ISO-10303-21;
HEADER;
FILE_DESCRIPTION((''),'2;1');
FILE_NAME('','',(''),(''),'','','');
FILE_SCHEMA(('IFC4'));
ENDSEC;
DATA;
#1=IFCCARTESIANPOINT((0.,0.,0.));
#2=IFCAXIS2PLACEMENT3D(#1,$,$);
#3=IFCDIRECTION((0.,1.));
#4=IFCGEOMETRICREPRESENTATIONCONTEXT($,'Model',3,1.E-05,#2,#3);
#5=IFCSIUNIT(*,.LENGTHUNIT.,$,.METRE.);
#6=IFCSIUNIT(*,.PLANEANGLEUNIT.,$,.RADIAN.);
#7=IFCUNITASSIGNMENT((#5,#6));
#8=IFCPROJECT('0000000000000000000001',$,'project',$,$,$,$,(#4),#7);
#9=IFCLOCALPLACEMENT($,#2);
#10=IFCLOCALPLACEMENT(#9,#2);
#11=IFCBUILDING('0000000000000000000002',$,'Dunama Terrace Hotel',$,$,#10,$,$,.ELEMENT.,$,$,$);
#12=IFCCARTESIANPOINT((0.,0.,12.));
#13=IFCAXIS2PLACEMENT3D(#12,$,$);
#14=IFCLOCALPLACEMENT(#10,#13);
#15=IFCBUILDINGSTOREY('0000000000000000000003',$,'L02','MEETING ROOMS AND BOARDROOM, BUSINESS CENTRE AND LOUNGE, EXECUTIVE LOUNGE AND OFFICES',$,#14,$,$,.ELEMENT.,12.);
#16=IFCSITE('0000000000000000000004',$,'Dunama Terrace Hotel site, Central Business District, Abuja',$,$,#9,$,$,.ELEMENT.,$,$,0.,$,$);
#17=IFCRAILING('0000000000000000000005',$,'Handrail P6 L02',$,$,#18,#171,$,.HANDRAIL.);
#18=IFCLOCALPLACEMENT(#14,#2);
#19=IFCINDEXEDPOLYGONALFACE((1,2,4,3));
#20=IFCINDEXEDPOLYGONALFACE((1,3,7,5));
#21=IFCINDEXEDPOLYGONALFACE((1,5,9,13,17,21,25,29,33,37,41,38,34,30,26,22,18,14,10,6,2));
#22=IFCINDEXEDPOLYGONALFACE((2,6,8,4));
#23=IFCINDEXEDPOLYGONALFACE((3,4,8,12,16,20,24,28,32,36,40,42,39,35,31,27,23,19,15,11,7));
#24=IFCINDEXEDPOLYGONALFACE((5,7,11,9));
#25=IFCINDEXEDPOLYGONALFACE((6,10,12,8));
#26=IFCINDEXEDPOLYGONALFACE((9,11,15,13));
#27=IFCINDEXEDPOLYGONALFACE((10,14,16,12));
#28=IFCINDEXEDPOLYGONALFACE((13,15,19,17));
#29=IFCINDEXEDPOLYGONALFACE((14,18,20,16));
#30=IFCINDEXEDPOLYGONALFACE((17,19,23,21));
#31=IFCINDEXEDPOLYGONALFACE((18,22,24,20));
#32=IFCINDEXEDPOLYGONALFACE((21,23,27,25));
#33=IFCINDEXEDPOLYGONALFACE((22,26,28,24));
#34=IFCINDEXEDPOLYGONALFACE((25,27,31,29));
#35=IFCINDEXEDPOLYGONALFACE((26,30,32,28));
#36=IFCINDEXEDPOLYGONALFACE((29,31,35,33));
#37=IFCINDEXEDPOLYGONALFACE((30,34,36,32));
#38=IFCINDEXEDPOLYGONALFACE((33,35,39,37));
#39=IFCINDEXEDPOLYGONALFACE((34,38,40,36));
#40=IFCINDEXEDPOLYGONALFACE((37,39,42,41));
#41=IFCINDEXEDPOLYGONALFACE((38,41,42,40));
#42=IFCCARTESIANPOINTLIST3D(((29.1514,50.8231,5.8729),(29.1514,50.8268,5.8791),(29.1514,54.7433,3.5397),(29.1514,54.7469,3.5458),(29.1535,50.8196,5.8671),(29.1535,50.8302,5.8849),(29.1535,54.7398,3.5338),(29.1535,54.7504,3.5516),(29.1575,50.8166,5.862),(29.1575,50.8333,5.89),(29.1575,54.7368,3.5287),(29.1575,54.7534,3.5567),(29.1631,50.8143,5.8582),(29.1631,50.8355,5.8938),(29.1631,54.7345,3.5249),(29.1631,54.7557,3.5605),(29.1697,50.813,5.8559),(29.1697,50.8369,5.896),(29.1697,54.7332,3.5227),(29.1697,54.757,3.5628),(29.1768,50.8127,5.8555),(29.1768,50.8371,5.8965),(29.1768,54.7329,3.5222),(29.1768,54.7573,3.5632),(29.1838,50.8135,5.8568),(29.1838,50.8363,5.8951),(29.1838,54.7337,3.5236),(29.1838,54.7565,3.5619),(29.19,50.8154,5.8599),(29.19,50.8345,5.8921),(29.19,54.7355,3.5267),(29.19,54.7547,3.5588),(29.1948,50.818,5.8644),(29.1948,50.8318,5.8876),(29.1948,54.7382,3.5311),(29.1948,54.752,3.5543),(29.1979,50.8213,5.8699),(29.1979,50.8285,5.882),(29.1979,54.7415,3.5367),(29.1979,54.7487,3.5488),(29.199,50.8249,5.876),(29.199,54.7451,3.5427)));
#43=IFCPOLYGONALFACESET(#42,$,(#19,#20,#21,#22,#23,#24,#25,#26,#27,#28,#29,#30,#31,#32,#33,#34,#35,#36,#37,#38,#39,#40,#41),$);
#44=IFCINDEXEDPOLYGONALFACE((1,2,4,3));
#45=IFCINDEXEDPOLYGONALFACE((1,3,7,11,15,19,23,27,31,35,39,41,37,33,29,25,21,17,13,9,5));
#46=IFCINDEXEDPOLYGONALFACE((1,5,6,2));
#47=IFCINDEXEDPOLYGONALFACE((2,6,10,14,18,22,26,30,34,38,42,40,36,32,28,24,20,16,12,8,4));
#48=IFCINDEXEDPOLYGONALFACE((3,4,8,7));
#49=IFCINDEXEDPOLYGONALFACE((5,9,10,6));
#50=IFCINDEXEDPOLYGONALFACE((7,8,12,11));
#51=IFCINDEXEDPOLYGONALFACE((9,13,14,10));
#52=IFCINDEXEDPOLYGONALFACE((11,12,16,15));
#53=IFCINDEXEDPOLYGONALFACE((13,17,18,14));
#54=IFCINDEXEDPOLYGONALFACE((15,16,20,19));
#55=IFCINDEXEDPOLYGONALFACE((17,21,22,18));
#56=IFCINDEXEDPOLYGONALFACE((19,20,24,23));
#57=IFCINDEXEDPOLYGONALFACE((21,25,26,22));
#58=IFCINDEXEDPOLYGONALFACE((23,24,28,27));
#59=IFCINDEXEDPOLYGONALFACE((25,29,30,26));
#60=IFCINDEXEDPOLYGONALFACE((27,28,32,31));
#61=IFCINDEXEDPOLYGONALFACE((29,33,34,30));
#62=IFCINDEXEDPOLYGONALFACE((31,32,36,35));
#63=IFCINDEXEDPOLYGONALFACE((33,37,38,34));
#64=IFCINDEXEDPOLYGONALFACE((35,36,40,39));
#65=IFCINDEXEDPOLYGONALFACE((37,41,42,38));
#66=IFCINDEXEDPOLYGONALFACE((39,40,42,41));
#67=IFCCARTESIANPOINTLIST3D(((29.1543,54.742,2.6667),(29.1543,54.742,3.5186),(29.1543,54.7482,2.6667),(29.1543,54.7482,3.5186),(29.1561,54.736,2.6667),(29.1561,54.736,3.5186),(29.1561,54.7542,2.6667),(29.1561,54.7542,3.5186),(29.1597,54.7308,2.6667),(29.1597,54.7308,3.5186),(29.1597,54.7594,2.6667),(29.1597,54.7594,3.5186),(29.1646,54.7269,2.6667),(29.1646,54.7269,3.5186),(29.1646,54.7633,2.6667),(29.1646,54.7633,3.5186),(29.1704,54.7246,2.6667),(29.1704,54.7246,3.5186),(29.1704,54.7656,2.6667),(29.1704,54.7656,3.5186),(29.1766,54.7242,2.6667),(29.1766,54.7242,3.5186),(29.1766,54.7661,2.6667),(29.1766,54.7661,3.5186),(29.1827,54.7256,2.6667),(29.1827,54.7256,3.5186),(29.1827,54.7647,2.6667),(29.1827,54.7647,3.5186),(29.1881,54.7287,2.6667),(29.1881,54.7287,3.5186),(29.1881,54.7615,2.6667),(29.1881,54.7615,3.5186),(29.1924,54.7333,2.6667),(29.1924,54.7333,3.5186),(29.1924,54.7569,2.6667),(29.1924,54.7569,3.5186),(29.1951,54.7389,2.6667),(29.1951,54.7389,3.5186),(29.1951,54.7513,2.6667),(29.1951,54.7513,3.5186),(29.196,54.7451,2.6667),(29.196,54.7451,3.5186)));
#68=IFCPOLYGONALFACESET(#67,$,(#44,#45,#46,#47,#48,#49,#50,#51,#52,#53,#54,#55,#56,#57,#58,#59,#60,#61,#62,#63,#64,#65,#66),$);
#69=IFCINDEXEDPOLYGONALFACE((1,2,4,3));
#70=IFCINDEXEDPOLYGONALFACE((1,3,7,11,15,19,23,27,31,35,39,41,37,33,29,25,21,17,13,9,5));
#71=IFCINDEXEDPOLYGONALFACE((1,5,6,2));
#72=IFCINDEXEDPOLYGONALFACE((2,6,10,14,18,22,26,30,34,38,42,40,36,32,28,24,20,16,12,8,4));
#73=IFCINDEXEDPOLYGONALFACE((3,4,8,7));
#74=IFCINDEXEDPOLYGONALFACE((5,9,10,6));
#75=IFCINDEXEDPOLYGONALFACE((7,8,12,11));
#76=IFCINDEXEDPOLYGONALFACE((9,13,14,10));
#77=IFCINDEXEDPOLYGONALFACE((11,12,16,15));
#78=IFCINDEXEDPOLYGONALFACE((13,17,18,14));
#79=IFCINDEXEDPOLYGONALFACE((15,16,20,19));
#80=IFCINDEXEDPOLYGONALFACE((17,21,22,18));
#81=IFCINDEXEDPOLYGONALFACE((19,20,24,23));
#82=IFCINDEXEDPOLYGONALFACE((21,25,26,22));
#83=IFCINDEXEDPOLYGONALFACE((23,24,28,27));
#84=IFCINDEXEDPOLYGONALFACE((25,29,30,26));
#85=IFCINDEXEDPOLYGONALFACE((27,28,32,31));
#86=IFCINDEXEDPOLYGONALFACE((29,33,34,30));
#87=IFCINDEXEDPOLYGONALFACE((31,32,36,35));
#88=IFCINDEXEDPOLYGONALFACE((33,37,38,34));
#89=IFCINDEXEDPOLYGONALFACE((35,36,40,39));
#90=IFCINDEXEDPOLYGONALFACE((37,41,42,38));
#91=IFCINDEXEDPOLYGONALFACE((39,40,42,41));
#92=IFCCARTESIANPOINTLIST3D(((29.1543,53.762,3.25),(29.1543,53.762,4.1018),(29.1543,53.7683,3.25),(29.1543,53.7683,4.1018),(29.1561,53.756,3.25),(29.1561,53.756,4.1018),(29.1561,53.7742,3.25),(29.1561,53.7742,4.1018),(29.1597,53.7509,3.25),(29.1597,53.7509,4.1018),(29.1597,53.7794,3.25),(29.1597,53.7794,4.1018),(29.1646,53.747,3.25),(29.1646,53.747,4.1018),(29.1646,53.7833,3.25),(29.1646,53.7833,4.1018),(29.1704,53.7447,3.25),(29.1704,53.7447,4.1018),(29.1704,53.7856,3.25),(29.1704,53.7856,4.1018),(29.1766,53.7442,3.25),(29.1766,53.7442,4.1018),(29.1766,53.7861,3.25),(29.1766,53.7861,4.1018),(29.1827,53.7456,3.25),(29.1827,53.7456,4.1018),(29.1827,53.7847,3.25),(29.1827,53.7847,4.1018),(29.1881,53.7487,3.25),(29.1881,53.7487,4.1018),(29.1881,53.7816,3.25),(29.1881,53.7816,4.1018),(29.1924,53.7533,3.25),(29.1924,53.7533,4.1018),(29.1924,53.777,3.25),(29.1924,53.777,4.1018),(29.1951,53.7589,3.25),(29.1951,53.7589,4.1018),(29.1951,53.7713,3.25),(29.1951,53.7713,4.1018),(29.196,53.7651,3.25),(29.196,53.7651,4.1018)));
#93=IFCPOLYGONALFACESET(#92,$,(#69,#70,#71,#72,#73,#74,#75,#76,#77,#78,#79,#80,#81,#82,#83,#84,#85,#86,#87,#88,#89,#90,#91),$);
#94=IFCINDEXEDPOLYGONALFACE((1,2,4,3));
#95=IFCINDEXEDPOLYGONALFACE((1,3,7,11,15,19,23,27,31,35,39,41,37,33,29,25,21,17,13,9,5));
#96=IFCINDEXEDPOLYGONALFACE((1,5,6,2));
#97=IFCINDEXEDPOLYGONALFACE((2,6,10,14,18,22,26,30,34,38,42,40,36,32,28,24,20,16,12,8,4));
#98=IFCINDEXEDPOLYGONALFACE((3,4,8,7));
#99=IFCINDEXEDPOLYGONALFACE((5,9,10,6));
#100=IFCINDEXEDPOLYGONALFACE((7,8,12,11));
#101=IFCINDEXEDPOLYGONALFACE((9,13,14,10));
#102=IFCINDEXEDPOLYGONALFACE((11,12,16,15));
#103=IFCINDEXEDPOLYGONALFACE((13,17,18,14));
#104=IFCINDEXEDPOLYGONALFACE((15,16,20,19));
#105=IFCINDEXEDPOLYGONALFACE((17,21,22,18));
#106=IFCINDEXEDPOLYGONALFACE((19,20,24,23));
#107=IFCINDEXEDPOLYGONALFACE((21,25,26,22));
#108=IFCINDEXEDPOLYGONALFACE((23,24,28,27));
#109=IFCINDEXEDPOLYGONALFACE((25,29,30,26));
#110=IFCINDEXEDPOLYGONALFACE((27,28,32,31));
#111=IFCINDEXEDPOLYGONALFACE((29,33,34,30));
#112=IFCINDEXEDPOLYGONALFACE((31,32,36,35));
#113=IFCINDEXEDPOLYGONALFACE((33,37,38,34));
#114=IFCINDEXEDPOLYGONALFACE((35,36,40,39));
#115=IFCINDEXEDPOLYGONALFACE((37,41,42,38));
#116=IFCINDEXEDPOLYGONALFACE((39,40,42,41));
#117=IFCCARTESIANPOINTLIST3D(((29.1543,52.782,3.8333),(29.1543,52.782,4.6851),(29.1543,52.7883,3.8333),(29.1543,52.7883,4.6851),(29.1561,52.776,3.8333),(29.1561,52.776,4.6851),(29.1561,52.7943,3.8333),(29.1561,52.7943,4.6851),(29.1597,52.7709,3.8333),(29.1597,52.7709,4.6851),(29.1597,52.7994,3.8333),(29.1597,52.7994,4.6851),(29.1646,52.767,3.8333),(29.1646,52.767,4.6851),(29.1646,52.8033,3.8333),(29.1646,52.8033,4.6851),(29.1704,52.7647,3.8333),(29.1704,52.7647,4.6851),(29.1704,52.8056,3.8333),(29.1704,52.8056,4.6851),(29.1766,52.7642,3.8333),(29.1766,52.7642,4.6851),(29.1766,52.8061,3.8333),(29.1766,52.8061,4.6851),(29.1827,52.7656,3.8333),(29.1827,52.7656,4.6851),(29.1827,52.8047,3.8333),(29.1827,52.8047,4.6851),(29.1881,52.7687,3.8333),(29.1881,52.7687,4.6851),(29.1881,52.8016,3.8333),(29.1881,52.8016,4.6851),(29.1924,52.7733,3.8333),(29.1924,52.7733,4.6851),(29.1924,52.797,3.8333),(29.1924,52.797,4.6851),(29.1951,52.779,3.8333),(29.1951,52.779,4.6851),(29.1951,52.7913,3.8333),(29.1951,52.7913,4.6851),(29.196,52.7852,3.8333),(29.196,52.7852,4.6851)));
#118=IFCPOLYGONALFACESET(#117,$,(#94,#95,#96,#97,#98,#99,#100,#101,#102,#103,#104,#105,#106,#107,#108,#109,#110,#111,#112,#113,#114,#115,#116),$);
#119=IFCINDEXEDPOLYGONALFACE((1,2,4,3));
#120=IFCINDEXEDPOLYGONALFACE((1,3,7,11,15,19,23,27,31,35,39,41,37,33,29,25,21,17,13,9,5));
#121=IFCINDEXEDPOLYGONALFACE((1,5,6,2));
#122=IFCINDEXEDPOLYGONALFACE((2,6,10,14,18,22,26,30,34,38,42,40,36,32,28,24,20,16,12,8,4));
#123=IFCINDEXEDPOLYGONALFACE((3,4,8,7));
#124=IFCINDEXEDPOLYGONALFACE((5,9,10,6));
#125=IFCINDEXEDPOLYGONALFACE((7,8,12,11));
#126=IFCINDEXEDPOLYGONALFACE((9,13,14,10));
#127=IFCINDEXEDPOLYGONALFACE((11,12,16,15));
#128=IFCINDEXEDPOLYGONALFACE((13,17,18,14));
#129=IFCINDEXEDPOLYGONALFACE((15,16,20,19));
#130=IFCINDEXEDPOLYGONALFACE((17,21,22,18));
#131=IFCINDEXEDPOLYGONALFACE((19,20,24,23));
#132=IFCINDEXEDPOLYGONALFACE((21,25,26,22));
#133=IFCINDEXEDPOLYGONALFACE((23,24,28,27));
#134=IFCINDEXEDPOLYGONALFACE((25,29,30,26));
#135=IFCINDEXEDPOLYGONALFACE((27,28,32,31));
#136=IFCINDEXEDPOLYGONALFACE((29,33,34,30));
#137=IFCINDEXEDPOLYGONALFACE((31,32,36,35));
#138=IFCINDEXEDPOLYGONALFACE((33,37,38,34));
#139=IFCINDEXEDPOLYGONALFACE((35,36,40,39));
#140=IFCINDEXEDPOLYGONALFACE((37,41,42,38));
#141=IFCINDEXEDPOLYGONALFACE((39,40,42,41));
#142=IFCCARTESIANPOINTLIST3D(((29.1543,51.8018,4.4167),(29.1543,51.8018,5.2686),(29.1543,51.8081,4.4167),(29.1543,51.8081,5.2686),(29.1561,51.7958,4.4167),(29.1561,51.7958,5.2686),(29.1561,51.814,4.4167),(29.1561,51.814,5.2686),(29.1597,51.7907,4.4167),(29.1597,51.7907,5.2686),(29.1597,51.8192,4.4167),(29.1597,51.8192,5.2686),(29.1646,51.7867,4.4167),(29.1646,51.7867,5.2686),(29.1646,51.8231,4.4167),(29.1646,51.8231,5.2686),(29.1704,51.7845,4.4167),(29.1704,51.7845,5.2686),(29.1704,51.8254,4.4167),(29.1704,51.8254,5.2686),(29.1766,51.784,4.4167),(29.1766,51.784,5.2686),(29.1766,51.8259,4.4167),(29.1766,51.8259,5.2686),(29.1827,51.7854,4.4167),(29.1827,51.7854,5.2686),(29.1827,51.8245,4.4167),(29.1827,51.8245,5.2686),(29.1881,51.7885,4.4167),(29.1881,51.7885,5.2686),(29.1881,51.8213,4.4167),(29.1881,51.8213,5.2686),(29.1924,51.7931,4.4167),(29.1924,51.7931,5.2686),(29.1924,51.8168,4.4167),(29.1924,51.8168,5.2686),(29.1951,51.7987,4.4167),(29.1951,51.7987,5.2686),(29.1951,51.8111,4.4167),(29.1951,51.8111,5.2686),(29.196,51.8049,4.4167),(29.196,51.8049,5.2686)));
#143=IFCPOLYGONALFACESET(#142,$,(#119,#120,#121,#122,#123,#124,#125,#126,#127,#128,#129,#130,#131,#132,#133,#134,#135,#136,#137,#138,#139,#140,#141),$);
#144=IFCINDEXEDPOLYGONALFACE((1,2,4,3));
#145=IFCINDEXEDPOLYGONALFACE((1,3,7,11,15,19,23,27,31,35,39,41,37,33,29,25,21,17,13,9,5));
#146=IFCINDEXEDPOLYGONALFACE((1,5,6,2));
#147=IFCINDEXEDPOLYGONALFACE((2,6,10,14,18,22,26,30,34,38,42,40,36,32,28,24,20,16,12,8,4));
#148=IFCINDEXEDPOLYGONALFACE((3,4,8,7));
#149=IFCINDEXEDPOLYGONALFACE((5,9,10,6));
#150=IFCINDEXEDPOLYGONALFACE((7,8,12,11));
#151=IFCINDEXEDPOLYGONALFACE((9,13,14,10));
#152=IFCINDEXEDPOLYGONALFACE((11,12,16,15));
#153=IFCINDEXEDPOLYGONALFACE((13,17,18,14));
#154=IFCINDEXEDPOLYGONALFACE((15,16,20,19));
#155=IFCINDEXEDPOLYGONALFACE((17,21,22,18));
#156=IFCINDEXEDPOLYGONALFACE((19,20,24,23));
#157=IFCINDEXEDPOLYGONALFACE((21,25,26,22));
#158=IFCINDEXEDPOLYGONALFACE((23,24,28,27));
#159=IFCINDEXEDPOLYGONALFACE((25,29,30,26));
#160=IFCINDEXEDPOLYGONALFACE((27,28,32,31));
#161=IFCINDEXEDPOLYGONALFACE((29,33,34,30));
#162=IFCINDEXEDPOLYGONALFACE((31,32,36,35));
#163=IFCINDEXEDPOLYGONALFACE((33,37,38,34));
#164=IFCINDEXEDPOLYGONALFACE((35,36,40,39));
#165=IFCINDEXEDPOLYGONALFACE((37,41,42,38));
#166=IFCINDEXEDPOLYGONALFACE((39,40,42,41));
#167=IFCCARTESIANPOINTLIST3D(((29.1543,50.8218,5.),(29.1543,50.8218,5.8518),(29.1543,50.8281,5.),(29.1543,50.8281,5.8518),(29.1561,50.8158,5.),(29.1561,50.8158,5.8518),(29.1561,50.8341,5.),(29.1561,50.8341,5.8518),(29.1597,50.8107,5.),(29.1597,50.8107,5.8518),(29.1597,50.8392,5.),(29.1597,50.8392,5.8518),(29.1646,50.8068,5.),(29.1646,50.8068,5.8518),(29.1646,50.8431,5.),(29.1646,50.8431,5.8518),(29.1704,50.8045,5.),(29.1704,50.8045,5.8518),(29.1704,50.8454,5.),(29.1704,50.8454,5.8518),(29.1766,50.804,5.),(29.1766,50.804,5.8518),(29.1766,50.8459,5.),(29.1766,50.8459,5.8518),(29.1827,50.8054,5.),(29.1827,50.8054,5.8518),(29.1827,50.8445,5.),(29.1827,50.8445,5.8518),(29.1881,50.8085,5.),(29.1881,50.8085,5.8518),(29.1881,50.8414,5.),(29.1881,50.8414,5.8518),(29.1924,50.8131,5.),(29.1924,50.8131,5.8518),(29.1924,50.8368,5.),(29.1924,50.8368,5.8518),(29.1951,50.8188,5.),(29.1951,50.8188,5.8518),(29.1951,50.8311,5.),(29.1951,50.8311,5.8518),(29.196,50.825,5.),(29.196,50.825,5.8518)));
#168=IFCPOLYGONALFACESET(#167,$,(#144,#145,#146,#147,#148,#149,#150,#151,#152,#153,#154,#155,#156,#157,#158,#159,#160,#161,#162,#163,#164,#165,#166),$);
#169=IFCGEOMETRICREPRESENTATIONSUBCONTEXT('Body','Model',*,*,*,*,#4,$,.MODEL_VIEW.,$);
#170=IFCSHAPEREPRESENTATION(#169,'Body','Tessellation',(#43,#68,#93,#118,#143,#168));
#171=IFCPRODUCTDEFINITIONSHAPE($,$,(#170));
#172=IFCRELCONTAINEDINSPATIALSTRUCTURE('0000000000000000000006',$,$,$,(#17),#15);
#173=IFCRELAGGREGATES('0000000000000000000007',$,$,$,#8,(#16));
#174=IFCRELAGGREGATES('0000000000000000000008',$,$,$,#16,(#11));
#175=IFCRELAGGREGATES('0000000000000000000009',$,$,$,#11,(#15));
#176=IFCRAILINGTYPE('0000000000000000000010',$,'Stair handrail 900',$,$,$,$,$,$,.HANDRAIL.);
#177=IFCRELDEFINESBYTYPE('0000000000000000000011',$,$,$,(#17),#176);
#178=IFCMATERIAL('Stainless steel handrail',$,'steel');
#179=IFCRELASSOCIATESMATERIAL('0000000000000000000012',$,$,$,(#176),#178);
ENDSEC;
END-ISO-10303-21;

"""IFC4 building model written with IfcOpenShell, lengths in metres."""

from ifc_helpers import new_model, si_unit, direction, frame, origin, origin_2d, place, context, subcontext, project, spatial, circle, extrude, material, type_object, element, save


model = new_model("IFC4")

# Units and contexts
model_context = context("Model", 3, precision=1e-05, world=origin(), true_north=direction((0.0, 1.0)))
body_context = subcontext(model_context, "Body", "Model", "MODEL_VIEW")
ifc_project = project(units=[si_unit("LENGTHUNIT", "METRE"), si_unit("PLANEANGLEUNIT", "RADIAN")], contexts=[model_context])

# Site, building, storey
site_placement = place(None, origin())
site = spatial("IfcSite", under=ifc_project, at=site_placement, Name="Dunama Terrace Hotel site, Central Business District, Abuja", CompositionType="ELEMENT", RefElevation=0.0)
building_placement = place(site_placement, origin())
building = spatial("IfcBuilding", under=site, at=building_placement, Name="Dunama Terrace Hotel", CompositionType="ELEMENT")
storey_placement = place(building_placement, frame((0.0, 0.0, 12.0)))
storey = spatial("IfcBuildingStorey", under=building, at=storey_placement, Name="L02", Description="MEETING ROOMS AND BOARDROOM, BUSINESS CENTRE AND LOUNGE, EXECUTIVE LOUNGE AND OFFICES", CompositionType="ELEMENT", Elevation=12.0)

# Railing
ifc_material_1 = material(Name="Stainless steel handrail", Category="steel")
railing_type = type_object("IfcRailingType", Name="Stair handrail 900", PredefinedType="HANDRAIL", material=ifc_material_1)
for number, where, name in (
    (1, (29.175, 54.7451, 2.6667), "Handrail P6 L02"),
):
    element("IfcRailing", number, at=place(storey_placement, frame(where)), inside=storey, type_object=railing_type, Name=name, PredefinedType="HANDRAIL", context=body_context, shape_type="SweptSolid", body=[
        extrude(circle(Radius=0.0239, at=origin_2d()), frame((0.0, 0.0, 0.876), z_axis=(0.0, -0.85931, 0.511455), x_axis=(1.0, 0.0, 0.0)), (0.0, 0.0, 1.0), 4.562),
        extrude(circle(Radius=0.021, at=origin_2d()), origin(), (0.0, 0.0, 1.0), 0.8518),
        extrude(circle(Radius=0.021, at=origin_2d()), frame((0.0, -0.98, 0.5833)), (0.0, 0.0, 1.0), 0.8518),
        extrude(circle(Radius=0.021, at=origin_2d()), frame((0.0, -1.96, 1.1665)), (0.0, 0.0, 1.0), 0.8518),
        extrude(circle(Radius=0.021, at=origin_2d()), frame((0.0, -2.9402, 1.75)), (0.0, 0.0, 1.0), 0.8518),
        extrude(circle(Radius=0.021, at=origin_2d()), frame((0.0, -3.9202, 2.3333)), (0.0, 0.0, 1.0), 0.8518),
    ])

save(model, "model.ifc")
